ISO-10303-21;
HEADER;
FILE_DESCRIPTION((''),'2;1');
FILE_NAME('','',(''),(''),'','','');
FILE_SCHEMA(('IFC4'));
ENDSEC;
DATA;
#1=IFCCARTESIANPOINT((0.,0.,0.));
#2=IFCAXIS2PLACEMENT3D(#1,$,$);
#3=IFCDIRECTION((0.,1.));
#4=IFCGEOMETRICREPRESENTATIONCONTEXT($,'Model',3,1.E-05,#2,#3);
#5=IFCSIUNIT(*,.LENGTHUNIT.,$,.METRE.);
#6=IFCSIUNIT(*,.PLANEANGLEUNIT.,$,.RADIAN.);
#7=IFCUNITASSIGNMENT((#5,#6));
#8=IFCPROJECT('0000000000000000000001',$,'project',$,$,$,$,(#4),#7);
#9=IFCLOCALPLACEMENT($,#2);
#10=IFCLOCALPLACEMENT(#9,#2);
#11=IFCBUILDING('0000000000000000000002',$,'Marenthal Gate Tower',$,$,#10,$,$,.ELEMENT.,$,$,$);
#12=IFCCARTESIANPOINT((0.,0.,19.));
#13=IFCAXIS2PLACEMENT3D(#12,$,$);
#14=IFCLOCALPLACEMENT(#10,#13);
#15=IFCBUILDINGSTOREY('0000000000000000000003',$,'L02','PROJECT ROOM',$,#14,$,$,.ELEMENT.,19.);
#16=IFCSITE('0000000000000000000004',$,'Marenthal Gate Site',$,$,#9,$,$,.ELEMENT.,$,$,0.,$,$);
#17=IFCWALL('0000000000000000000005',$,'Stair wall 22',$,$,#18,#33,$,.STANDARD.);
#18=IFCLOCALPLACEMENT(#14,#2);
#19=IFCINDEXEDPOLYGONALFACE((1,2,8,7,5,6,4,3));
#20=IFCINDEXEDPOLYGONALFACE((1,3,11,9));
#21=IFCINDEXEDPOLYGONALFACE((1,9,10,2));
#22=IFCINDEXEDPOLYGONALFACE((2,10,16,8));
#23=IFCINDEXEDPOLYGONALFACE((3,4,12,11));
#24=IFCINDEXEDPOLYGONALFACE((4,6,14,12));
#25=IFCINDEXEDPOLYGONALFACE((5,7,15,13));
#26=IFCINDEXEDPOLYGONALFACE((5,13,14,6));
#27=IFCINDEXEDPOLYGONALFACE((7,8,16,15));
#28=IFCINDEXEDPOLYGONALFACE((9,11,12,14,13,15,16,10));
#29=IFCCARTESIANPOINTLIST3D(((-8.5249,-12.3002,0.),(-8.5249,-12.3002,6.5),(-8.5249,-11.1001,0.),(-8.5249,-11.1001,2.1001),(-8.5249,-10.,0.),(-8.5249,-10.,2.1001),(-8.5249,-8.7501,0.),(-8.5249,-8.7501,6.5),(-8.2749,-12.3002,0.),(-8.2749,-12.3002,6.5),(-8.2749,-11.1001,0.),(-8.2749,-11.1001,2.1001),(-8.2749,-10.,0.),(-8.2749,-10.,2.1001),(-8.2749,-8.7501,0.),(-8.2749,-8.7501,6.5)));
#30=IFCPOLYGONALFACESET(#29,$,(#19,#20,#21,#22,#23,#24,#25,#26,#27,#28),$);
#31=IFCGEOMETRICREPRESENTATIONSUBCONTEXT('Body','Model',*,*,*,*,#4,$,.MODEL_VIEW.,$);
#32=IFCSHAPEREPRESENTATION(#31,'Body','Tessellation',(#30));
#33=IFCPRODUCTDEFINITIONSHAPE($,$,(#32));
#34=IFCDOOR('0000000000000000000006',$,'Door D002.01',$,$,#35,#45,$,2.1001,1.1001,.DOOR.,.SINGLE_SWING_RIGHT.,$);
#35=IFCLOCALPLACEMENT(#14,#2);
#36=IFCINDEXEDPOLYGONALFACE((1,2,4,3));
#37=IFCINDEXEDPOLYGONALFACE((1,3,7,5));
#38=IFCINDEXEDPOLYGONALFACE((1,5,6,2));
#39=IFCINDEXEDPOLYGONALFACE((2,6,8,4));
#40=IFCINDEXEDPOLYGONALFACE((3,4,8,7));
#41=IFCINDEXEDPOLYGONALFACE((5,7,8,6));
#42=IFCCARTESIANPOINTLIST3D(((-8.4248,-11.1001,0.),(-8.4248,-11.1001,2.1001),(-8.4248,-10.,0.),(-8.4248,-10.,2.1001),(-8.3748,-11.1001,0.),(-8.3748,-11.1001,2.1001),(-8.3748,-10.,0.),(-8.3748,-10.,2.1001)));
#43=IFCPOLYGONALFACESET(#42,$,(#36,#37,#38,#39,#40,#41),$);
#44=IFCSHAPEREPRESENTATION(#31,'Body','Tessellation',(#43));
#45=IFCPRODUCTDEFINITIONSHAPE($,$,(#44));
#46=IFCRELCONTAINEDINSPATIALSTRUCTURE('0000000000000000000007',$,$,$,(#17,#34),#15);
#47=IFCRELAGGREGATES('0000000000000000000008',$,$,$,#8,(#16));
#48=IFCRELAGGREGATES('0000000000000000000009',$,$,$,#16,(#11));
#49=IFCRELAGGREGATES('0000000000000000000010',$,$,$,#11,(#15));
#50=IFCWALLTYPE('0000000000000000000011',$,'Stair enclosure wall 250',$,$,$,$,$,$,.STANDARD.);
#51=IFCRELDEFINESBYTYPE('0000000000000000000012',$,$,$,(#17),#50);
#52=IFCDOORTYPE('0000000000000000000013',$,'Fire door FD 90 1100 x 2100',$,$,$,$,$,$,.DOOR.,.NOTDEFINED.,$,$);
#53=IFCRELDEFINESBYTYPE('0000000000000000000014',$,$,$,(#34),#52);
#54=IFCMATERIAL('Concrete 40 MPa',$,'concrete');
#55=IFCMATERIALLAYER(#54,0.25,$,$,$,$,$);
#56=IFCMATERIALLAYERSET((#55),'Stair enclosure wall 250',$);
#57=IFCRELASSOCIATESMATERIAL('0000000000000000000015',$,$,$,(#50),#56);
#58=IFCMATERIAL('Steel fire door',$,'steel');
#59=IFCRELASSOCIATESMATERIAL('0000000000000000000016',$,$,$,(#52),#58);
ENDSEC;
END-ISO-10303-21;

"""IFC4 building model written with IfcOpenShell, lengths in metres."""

from ifc_helpers import new_model, si_unit, direction, frame, frame_2d, origin, place, context, subcontext, project, spatial, rectangle, extrude, material, layer, layer_set, type_object, element, fill, save


model = new_model("IFC4")

# Units and contexts
model_context = context("Model", 3, precision=1e-05, world=origin(), true_north=direction((0.0, 1.0)))
body_context = subcontext(model_context, "Body", "Model", "MODEL_VIEW")
ifc_project = project(units=[si_unit("LENGTHUNIT", "METRE"), si_unit("PLANEANGLEUNIT", "RADIAN")], contexts=[model_context])

# Site, building, storey
site_placement = place(None, origin())
site = spatial("IfcSite", under=ifc_project, at=site_placement, Name="Marenthal Gate Site", CompositionType="ELEMENT", RefElevation=0.0)
building_placement = place(site_placement, origin())
building = spatial("IfcBuilding", under=site, at=building_placement, Name="Marenthal Gate Tower", CompositionType="ELEMENT")
storey_placement = place(building_placement, frame((0.0, 0.0, 19.0)))
storey = spatial("IfcBuildingStorey", under=building, at=storey_placement, Name="L02", Description="PROJECT ROOM", CompositionType="ELEMENT", Elevation=19.0)

# Shared definitions
ifc_material_1 = material(Name="Concrete 40 MPa", Category="concrete")
ifc_layer_1 = layer(ifc_material_1, 0.25)
ifc_layer_set_1 = layer_set([ifc_layer_1], Name="Stair enclosure wall 250")
wall_type_1 = type_object("IfcWallType", Name="Stair enclosure wall 250", PredefinedType="STANDARD", material=ifc_layer_set_1)

# Wall, opening, door
wall_1_placement = place(storey_placement, frame((-8.3999, -12.3, 0.0), z_axis=(0.0, 0.0, 1.0), x_axis=(0.0, 1.0, 0.0)))
wall_1 = element("IfcWall", 1, at=wall_1_placement, inside=storey, type_object=wall_type_1, Name="Stair wall 22", PredefinedType="STANDARD", context=body_context, shape_type="SweptSolid", body=[
    extrude(rectangle(XDim=3.55, YDim=0.25, at=frame_2d((1.7749, 0.0))), origin(), (0.0, 0.0, 1.0), 6.5),
])
opening_placement = place(wall_1_placement, frame((1.2, 0.0, 0.0)))
opening = element("IfcOpeningElement", 2, at=opening_placement, cuts=wall_1, PredefinedType="OPENING", context=body_context, shape_type="SweptSolid", body=[
    extrude(rectangle(XDim=1.1001, YDim=2.1001, at=frame_2d((0.55, 1.05))), frame((0.0, 0.135, 0.0), z_axis=(0.0, -1.0, 0.0), x_axis=(1.0, 0.0, 0.0)), (0.0, 0.0, 1.0), 0.27),
])
ifc_material_2 = material(Name="Steel fire door", Category="steel")
door_type = type_object("IfcDoorType", Name="Fire door FD 90 1100 x 2100", OperationType="NOTDEFINED", PredefinedType="DOOR", material=ifc_material_2)
door_placement = place(opening_placement, origin())
door = element("IfcDoor", 3, at=door_placement, inside=storey, type_object=door_type, Name="Door D002.01", OperationType="SINGLE_SWING_RIGHT", OverallHeight=2.1001, OverallWidth=1.1001, PredefinedType="DOOR", context=body_context, shape_type="SweptSolid", body=[
    extrude(rectangle(XDim=1.1001, YDim=2.1001, at=frame_2d((0.55, 1.05))), frame((0.0, 0.0249, 0.0), z_axis=(0.0, -1.0, 0.0), x_axis=(1.0, 0.0, 0.0)), (0.0, 0.0, 1.0), 0.05),
])
fill(opening, door)

save(model, "model.ifc")
